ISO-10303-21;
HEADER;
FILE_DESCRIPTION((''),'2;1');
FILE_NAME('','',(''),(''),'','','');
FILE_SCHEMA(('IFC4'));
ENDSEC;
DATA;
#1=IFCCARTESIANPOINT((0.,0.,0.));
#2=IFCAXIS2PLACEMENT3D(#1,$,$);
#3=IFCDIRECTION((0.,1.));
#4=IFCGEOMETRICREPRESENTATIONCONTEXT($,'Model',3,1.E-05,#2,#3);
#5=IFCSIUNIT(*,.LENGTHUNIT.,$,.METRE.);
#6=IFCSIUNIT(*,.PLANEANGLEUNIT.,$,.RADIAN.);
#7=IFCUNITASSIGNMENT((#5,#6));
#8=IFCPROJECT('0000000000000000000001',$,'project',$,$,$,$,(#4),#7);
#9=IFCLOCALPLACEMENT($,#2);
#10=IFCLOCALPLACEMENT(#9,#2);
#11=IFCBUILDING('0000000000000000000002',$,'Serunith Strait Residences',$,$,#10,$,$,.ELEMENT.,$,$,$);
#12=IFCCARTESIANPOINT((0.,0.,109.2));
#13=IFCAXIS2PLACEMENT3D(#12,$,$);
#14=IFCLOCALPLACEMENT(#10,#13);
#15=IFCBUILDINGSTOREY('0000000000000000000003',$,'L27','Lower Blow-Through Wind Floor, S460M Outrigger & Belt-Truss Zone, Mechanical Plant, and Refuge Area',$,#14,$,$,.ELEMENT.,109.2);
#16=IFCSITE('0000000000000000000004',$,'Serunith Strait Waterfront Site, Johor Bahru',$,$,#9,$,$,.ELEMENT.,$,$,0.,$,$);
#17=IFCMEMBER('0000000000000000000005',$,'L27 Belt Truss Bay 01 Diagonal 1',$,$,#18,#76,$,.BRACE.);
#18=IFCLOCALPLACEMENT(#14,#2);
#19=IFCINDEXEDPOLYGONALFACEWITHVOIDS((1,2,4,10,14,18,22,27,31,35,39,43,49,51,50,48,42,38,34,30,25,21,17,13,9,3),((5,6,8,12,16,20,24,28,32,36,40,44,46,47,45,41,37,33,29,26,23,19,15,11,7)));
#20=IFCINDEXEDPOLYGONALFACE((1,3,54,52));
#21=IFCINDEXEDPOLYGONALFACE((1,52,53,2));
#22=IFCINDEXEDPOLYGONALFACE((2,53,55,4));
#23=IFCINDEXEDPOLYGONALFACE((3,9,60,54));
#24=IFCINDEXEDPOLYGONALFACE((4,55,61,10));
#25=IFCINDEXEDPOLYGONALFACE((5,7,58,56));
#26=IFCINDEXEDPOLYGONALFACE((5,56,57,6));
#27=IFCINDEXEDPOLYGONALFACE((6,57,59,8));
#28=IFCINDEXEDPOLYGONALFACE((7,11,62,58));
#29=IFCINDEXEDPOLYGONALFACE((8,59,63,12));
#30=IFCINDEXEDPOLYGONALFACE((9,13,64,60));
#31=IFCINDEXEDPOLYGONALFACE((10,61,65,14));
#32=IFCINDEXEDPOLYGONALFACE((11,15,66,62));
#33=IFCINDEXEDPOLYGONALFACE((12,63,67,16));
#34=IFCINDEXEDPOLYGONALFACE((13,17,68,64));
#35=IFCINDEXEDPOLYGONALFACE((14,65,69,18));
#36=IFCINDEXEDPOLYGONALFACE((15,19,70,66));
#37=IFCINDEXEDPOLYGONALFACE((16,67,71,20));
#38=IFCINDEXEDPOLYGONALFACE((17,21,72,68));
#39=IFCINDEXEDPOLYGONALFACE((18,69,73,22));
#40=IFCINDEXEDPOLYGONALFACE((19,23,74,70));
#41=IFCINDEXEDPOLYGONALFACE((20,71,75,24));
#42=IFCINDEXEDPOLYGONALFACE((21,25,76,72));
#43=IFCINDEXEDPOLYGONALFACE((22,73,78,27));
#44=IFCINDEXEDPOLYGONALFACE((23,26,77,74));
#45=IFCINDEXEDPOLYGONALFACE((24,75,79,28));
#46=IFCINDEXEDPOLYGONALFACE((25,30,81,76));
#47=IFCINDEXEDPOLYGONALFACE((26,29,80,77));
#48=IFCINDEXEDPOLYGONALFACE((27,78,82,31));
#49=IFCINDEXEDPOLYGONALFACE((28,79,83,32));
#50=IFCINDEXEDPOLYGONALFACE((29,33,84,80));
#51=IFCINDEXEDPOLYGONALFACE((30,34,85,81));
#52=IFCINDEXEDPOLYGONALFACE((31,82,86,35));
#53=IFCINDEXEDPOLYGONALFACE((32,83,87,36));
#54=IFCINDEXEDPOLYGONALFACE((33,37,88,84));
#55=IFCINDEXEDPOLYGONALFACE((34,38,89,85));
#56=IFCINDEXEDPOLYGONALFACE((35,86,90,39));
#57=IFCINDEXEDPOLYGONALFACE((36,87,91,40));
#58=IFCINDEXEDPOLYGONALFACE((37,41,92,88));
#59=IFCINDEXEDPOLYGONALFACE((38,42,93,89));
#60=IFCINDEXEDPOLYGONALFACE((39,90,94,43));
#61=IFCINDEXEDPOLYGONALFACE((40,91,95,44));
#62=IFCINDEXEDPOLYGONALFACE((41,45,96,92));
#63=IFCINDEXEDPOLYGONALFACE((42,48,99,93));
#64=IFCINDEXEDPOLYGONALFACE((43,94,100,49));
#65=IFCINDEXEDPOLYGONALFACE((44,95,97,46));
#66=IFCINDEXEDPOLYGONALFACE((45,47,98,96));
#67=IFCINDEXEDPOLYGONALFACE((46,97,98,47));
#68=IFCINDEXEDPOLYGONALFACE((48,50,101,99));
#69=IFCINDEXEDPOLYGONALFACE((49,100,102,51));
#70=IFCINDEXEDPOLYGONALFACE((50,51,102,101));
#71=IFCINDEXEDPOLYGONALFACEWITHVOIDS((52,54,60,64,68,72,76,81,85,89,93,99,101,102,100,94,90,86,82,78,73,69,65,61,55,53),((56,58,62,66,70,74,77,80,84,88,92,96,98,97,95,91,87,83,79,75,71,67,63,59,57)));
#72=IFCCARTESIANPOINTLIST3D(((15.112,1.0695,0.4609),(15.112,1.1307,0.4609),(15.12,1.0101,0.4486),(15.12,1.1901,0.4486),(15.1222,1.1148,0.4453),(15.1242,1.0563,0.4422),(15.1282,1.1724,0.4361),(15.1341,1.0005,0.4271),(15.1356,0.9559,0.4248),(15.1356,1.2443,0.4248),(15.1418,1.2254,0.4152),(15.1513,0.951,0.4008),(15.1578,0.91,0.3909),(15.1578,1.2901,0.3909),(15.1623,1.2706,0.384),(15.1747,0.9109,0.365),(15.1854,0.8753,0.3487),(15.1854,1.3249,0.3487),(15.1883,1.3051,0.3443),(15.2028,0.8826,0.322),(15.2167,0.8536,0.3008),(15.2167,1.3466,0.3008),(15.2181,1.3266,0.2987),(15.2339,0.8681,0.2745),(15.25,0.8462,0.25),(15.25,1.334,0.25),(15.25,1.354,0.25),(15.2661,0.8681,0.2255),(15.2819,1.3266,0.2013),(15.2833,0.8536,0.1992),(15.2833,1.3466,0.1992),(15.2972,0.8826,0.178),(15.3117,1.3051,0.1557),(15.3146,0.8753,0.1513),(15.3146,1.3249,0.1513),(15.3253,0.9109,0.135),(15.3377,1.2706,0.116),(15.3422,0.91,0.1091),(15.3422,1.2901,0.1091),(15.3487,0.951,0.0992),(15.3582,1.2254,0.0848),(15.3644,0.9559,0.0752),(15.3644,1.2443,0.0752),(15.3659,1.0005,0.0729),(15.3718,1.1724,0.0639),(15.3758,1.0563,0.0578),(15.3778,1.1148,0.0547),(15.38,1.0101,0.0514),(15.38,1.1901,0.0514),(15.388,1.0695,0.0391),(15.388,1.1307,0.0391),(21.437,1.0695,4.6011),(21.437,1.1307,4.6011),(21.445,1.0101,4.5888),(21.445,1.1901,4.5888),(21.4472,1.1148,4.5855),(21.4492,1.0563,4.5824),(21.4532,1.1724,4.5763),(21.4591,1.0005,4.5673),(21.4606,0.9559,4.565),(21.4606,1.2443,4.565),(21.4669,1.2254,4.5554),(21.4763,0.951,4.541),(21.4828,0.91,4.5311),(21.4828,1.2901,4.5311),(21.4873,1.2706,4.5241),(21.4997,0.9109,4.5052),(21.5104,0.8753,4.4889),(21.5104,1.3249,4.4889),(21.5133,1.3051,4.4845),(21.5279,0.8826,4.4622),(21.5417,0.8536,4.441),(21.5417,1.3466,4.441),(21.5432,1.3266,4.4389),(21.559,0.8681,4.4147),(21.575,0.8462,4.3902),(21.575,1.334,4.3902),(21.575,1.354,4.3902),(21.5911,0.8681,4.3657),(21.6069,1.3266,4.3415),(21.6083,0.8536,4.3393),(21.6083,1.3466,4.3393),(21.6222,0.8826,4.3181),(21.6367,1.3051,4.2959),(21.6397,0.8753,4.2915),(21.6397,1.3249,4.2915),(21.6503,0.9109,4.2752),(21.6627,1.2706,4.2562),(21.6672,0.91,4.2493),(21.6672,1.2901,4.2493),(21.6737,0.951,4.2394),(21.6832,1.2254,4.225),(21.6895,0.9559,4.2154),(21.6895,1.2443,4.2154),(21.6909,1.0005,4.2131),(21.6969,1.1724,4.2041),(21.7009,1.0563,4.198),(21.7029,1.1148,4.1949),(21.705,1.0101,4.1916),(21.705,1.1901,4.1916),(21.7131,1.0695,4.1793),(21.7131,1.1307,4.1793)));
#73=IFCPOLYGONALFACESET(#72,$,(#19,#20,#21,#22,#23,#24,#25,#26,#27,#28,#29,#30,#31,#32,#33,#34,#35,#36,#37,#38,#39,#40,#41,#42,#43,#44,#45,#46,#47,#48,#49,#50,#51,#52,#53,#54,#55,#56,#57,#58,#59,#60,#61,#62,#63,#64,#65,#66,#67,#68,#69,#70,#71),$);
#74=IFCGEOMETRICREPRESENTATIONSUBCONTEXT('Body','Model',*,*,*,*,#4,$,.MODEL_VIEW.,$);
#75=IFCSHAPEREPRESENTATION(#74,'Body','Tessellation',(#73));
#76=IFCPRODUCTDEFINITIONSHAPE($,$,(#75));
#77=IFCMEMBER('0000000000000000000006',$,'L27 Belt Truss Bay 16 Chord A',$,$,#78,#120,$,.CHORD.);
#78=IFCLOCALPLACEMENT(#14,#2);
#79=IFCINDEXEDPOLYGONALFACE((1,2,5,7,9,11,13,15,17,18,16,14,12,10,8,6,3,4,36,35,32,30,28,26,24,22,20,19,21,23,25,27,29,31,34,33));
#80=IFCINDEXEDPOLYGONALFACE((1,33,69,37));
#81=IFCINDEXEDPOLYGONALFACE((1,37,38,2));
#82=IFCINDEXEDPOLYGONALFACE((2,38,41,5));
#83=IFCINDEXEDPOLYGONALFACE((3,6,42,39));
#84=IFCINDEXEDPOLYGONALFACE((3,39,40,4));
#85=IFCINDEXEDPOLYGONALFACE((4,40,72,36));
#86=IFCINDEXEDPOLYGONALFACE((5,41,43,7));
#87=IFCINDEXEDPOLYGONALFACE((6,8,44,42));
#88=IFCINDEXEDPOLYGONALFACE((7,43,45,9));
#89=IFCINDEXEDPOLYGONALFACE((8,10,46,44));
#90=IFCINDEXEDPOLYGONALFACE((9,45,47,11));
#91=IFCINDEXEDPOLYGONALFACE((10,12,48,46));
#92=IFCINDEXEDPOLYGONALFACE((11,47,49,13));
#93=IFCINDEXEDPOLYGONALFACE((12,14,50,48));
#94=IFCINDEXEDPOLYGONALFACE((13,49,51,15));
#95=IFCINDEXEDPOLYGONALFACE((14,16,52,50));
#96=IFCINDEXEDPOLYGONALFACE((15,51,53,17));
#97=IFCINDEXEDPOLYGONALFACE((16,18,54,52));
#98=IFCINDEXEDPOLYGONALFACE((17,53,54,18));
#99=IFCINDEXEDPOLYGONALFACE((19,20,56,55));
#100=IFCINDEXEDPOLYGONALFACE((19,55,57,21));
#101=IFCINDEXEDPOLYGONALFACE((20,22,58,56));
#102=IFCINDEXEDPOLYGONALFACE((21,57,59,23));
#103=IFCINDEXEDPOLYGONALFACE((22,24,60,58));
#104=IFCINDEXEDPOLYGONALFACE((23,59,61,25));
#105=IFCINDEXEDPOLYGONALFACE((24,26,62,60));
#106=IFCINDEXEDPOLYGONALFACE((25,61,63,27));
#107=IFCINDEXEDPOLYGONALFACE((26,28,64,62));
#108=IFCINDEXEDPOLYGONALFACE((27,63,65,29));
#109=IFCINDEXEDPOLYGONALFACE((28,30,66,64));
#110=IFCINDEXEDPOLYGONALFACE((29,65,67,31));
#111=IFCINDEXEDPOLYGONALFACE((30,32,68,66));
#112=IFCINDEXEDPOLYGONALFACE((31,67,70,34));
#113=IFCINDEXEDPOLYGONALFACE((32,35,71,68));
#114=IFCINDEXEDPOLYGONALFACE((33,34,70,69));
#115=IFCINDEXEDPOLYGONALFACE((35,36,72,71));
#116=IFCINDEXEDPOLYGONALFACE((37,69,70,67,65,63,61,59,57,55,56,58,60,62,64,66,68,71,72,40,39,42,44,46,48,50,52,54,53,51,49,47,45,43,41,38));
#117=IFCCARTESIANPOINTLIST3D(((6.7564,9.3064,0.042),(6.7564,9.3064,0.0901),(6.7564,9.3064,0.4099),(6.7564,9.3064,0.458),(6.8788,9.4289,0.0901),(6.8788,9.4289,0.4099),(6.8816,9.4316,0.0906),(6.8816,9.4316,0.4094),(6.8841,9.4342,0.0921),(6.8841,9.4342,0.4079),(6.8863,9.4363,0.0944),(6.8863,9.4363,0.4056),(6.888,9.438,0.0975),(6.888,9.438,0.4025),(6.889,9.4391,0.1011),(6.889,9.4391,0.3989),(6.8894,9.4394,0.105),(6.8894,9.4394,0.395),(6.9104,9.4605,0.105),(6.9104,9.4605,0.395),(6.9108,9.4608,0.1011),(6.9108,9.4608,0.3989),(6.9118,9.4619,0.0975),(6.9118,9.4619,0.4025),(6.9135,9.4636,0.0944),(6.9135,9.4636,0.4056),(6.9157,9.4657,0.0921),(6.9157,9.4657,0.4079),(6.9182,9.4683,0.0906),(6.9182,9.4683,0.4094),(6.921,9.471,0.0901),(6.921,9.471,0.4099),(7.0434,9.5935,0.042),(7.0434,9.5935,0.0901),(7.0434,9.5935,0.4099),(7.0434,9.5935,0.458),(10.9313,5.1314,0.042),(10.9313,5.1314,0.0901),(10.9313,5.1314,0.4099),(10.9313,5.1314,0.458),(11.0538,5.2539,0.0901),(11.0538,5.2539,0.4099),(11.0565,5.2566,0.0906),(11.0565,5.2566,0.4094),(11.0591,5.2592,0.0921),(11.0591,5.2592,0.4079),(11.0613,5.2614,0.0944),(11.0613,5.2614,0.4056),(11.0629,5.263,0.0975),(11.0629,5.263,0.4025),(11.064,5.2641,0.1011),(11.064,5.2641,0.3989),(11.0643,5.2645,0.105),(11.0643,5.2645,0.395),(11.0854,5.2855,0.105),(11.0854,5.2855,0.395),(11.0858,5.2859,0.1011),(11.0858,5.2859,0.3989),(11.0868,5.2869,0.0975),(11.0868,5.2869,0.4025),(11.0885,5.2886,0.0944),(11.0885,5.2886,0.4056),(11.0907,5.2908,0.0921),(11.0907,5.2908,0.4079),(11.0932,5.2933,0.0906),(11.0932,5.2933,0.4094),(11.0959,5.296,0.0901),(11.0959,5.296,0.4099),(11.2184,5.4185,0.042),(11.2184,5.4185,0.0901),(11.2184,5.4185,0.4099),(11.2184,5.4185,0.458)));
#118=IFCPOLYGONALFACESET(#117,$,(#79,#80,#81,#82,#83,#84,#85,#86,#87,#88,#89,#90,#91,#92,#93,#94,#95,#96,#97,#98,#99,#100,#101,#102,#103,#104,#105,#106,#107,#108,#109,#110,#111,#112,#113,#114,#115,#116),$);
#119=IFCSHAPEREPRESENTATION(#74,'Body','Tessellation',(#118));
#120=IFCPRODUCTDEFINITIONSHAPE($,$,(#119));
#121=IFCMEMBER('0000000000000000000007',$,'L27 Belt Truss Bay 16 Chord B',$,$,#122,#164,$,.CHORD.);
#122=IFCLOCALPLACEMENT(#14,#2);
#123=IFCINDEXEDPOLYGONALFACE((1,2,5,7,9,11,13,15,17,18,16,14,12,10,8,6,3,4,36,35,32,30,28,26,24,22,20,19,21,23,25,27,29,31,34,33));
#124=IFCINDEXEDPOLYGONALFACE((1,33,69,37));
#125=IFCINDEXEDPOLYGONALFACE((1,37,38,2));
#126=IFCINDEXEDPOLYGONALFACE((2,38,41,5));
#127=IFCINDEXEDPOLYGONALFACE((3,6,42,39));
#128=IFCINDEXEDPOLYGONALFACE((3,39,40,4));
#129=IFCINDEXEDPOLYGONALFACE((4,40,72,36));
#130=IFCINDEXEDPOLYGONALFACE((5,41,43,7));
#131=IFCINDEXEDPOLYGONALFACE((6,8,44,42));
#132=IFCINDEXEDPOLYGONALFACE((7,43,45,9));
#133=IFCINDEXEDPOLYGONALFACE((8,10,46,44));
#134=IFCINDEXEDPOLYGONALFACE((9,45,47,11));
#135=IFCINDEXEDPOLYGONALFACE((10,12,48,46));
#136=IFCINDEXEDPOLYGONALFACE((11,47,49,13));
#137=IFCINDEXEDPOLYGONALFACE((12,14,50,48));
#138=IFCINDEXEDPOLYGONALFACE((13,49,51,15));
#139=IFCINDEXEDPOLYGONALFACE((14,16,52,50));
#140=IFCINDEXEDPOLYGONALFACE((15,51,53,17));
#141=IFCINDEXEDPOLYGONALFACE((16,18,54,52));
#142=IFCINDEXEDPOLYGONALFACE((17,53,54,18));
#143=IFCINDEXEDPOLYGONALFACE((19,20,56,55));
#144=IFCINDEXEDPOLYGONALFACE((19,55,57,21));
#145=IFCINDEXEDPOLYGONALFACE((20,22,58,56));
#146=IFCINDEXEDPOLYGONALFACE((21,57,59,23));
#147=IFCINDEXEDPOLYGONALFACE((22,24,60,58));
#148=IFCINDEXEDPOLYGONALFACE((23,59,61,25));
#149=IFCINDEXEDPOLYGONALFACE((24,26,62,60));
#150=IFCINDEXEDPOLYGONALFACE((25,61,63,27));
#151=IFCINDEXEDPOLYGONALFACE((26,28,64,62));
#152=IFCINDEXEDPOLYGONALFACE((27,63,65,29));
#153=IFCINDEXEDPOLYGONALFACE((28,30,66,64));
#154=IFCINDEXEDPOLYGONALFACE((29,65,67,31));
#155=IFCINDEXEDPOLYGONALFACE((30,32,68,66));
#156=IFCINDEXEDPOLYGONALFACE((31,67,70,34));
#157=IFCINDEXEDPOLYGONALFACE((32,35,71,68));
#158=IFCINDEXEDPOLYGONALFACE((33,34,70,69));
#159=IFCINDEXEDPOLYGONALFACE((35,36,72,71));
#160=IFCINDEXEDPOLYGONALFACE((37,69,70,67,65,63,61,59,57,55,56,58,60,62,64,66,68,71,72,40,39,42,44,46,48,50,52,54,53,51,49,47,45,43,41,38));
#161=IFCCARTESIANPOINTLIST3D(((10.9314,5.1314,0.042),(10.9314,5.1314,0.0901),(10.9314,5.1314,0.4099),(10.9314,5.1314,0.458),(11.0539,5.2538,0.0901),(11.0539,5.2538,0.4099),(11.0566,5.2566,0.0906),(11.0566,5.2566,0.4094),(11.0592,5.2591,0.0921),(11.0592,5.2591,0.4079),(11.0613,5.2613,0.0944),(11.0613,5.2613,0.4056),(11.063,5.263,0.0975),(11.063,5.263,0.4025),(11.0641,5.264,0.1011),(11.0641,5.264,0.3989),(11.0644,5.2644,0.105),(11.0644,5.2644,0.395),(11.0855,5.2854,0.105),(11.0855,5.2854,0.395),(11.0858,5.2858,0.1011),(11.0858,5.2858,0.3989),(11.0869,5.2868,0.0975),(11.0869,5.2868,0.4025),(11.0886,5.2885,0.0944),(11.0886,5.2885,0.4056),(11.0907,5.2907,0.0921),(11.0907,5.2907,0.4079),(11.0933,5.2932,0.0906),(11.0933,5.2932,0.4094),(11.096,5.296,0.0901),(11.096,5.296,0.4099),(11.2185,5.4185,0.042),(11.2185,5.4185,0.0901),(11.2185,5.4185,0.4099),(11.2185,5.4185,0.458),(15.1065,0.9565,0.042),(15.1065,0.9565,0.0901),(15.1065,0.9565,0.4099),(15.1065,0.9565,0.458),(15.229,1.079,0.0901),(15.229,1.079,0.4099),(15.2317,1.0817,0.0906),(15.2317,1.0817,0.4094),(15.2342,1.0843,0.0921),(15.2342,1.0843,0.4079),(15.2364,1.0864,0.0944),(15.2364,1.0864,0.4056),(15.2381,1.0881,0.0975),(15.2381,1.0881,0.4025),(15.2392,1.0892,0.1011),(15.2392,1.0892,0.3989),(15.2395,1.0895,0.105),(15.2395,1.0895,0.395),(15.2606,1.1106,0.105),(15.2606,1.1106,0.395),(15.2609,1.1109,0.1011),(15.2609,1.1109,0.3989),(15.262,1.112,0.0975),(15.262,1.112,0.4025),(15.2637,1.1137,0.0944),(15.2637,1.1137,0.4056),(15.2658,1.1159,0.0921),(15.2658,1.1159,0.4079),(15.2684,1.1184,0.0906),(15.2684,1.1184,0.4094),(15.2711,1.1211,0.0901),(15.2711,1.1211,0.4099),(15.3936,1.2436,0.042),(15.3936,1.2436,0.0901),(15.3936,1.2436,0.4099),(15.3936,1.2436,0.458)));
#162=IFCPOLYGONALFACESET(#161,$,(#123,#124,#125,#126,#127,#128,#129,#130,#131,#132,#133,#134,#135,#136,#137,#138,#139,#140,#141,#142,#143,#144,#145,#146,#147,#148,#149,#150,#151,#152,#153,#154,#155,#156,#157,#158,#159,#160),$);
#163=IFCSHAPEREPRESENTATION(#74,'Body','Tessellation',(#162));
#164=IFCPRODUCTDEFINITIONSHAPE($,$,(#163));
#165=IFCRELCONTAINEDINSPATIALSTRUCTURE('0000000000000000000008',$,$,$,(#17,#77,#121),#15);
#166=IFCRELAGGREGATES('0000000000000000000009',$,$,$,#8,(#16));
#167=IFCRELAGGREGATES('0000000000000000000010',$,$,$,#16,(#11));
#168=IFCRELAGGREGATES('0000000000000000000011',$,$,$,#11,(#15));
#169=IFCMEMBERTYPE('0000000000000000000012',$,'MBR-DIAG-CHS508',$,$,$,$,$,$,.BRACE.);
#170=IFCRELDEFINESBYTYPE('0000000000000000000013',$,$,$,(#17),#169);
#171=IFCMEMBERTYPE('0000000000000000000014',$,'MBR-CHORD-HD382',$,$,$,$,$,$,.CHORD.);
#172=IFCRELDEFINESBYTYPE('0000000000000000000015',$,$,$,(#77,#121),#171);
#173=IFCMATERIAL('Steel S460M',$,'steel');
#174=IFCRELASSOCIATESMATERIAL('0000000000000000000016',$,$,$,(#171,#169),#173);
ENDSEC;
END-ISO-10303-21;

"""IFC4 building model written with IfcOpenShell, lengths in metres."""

from ifc_helpers import new_model, si_unit, direction, frame, origin, origin_2d, place, context, subcontext, project, spatial, hollow_circle, i_section, extrude, source, transform, mapped, material, material_profile, profile_set, type_object, element, save


model = new_model("IFC4")

# Units and contexts
model_context = context("Model", 3, precision=1e-05, world=origin(), true_north=direction((0.0, 1.0)))
body_context = subcontext(model_context, "Body", "Model", "MODEL_VIEW")
ifc_project = project(units=[si_unit("LENGTHUNIT", "METRE"), si_unit("PLANEANGLEUNIT", "RADIAN")], contexts=[model_context])

# Site, building, storey
site_placement = place(None, origin())
site = spatial("IfcSite", under=ifc_project, at=site_placement, Name="Serunith Strait Waterfront Site, Johor Bahru", CompositionType="ELEMENT", RefElevation=0.0)
building_placement = place(site_placement, origin())
building = spatial("IfcBuilding", under=site, at=building_placement, Name="Serunith Strait Residences", CompositionType="ELEMENT")
storey_placement = place(building_placement, frame((0.0, 0.0, 109.2)))
storey = spatial("IfcBuildingStorey", under=building, at=storey_placement, Name="L27", Description="Lower Blow-Through Wind Floor, S460M Outrigger & Belt-Truss Zone, Mechanical Plant, and Refuge Area", CompositionType="ELEMENT", Elevation=109.2)

# Members
ifc_material_1 = material(Name="Steel S460M", Category="steel")
ifc_material_profile_1 = material_profile(ifc_material_1, i_section(OverallWidth=0.406, OverallDepth=0.416, WebThickness=0.0298, FlangeThickness=0.0481, FilletRadius=0.0149, at=origin_2d()), Name="HD 400x382")
ifc_profile_set_1 = profile_set([ifc_material_profile_1], Name="Steel S460M")
member_type_1 = type_object("IfcMemberType", Name="MBR-CHORD-HD382", PredefinedType="CHORD", material=ifc_profile_set_1)
ifc_material_profile_2 = material_profile(ifc_material_1, hollow_circle(Radius=0.2539, WallThickness=0.02, at=origin_2d()), Name="CHS 508x20")
ifc_profile_set_2 = profile_set([ifc_material_profile_2], Name="Steel S460M")
member_type_2 = type_object("IfcMemberType", Name="MBR-DIAG-CHS508", PredefinedType="BRACE", material=ifc_profile_set_2)
shared_shape_1 = source(origin(), body_context, "Body", "SweptSolid", [
    extrude(hollow_circle(Radius=0.2539, WallThickness=0.02, at=origin_2d()), origin(), (0.0, 0.0, 1.0), 7.5596),
])
member_1_placement = place(storey_placement, frame((15.25, 1.1001, 0.25), z_axis=(0.836691, 0.0, 0.547675), x_axis=(0.0, 1.0, 0.0)))
element("IfcMember", 1, at=member_1_placement, inside=storey, type_object=member_type_2, Name="L27 Belt Truss Bay 01 Diagonal 1", PredefinedType="BRACE", context=body_context, shape_type="MappedRepresentation", body=[
    mapped(shared_shape_1, transform((0.0, 0.0, 0.0), scale=1.0)),
])
shared_shape_2 = source(origin(), body_context, "Body", "SweptSolid", [
    extrude(i_section(OverallWidth=0.406, OverallDepth=0.416, WebThickness=0.0298, FlangeThickness=0.0481, FilletRadius=0.0149, at=origin_2d()), origin(), (0.0, 0.0, 1.0), 5.9043),
])
for number, where, z_axis, x_axis, name in (
    (2, (6.8999, 9.45, 0.25), (0.707107, -0.707107, 0.0), (0.707107, 0.707107, 0.0), "L27 Belt Truss Bay 16 Chord A"),
    (3, (11.075, 5.2749, 0.25), (0.707127, -0.707086, 0.0), (0.707086, 0.707127, 0.0), "L27 Belt Truss Bay 16 Chord B"),
):
    element("IfcMember", number, at=place(storey_placement, frame(where, z_axis=z_axis, x_axis=x_axis)), inside=storey, type_object=member_type_1, Name=name, PredefinedType="CHORD", context=body_context, shape_type="MappedRepresentation", body=[
        mapped(shared_shape_2, transform((0.0, 0.0, 0.0), scale=1.0)),
    ])

save(model, "model.ifc")
